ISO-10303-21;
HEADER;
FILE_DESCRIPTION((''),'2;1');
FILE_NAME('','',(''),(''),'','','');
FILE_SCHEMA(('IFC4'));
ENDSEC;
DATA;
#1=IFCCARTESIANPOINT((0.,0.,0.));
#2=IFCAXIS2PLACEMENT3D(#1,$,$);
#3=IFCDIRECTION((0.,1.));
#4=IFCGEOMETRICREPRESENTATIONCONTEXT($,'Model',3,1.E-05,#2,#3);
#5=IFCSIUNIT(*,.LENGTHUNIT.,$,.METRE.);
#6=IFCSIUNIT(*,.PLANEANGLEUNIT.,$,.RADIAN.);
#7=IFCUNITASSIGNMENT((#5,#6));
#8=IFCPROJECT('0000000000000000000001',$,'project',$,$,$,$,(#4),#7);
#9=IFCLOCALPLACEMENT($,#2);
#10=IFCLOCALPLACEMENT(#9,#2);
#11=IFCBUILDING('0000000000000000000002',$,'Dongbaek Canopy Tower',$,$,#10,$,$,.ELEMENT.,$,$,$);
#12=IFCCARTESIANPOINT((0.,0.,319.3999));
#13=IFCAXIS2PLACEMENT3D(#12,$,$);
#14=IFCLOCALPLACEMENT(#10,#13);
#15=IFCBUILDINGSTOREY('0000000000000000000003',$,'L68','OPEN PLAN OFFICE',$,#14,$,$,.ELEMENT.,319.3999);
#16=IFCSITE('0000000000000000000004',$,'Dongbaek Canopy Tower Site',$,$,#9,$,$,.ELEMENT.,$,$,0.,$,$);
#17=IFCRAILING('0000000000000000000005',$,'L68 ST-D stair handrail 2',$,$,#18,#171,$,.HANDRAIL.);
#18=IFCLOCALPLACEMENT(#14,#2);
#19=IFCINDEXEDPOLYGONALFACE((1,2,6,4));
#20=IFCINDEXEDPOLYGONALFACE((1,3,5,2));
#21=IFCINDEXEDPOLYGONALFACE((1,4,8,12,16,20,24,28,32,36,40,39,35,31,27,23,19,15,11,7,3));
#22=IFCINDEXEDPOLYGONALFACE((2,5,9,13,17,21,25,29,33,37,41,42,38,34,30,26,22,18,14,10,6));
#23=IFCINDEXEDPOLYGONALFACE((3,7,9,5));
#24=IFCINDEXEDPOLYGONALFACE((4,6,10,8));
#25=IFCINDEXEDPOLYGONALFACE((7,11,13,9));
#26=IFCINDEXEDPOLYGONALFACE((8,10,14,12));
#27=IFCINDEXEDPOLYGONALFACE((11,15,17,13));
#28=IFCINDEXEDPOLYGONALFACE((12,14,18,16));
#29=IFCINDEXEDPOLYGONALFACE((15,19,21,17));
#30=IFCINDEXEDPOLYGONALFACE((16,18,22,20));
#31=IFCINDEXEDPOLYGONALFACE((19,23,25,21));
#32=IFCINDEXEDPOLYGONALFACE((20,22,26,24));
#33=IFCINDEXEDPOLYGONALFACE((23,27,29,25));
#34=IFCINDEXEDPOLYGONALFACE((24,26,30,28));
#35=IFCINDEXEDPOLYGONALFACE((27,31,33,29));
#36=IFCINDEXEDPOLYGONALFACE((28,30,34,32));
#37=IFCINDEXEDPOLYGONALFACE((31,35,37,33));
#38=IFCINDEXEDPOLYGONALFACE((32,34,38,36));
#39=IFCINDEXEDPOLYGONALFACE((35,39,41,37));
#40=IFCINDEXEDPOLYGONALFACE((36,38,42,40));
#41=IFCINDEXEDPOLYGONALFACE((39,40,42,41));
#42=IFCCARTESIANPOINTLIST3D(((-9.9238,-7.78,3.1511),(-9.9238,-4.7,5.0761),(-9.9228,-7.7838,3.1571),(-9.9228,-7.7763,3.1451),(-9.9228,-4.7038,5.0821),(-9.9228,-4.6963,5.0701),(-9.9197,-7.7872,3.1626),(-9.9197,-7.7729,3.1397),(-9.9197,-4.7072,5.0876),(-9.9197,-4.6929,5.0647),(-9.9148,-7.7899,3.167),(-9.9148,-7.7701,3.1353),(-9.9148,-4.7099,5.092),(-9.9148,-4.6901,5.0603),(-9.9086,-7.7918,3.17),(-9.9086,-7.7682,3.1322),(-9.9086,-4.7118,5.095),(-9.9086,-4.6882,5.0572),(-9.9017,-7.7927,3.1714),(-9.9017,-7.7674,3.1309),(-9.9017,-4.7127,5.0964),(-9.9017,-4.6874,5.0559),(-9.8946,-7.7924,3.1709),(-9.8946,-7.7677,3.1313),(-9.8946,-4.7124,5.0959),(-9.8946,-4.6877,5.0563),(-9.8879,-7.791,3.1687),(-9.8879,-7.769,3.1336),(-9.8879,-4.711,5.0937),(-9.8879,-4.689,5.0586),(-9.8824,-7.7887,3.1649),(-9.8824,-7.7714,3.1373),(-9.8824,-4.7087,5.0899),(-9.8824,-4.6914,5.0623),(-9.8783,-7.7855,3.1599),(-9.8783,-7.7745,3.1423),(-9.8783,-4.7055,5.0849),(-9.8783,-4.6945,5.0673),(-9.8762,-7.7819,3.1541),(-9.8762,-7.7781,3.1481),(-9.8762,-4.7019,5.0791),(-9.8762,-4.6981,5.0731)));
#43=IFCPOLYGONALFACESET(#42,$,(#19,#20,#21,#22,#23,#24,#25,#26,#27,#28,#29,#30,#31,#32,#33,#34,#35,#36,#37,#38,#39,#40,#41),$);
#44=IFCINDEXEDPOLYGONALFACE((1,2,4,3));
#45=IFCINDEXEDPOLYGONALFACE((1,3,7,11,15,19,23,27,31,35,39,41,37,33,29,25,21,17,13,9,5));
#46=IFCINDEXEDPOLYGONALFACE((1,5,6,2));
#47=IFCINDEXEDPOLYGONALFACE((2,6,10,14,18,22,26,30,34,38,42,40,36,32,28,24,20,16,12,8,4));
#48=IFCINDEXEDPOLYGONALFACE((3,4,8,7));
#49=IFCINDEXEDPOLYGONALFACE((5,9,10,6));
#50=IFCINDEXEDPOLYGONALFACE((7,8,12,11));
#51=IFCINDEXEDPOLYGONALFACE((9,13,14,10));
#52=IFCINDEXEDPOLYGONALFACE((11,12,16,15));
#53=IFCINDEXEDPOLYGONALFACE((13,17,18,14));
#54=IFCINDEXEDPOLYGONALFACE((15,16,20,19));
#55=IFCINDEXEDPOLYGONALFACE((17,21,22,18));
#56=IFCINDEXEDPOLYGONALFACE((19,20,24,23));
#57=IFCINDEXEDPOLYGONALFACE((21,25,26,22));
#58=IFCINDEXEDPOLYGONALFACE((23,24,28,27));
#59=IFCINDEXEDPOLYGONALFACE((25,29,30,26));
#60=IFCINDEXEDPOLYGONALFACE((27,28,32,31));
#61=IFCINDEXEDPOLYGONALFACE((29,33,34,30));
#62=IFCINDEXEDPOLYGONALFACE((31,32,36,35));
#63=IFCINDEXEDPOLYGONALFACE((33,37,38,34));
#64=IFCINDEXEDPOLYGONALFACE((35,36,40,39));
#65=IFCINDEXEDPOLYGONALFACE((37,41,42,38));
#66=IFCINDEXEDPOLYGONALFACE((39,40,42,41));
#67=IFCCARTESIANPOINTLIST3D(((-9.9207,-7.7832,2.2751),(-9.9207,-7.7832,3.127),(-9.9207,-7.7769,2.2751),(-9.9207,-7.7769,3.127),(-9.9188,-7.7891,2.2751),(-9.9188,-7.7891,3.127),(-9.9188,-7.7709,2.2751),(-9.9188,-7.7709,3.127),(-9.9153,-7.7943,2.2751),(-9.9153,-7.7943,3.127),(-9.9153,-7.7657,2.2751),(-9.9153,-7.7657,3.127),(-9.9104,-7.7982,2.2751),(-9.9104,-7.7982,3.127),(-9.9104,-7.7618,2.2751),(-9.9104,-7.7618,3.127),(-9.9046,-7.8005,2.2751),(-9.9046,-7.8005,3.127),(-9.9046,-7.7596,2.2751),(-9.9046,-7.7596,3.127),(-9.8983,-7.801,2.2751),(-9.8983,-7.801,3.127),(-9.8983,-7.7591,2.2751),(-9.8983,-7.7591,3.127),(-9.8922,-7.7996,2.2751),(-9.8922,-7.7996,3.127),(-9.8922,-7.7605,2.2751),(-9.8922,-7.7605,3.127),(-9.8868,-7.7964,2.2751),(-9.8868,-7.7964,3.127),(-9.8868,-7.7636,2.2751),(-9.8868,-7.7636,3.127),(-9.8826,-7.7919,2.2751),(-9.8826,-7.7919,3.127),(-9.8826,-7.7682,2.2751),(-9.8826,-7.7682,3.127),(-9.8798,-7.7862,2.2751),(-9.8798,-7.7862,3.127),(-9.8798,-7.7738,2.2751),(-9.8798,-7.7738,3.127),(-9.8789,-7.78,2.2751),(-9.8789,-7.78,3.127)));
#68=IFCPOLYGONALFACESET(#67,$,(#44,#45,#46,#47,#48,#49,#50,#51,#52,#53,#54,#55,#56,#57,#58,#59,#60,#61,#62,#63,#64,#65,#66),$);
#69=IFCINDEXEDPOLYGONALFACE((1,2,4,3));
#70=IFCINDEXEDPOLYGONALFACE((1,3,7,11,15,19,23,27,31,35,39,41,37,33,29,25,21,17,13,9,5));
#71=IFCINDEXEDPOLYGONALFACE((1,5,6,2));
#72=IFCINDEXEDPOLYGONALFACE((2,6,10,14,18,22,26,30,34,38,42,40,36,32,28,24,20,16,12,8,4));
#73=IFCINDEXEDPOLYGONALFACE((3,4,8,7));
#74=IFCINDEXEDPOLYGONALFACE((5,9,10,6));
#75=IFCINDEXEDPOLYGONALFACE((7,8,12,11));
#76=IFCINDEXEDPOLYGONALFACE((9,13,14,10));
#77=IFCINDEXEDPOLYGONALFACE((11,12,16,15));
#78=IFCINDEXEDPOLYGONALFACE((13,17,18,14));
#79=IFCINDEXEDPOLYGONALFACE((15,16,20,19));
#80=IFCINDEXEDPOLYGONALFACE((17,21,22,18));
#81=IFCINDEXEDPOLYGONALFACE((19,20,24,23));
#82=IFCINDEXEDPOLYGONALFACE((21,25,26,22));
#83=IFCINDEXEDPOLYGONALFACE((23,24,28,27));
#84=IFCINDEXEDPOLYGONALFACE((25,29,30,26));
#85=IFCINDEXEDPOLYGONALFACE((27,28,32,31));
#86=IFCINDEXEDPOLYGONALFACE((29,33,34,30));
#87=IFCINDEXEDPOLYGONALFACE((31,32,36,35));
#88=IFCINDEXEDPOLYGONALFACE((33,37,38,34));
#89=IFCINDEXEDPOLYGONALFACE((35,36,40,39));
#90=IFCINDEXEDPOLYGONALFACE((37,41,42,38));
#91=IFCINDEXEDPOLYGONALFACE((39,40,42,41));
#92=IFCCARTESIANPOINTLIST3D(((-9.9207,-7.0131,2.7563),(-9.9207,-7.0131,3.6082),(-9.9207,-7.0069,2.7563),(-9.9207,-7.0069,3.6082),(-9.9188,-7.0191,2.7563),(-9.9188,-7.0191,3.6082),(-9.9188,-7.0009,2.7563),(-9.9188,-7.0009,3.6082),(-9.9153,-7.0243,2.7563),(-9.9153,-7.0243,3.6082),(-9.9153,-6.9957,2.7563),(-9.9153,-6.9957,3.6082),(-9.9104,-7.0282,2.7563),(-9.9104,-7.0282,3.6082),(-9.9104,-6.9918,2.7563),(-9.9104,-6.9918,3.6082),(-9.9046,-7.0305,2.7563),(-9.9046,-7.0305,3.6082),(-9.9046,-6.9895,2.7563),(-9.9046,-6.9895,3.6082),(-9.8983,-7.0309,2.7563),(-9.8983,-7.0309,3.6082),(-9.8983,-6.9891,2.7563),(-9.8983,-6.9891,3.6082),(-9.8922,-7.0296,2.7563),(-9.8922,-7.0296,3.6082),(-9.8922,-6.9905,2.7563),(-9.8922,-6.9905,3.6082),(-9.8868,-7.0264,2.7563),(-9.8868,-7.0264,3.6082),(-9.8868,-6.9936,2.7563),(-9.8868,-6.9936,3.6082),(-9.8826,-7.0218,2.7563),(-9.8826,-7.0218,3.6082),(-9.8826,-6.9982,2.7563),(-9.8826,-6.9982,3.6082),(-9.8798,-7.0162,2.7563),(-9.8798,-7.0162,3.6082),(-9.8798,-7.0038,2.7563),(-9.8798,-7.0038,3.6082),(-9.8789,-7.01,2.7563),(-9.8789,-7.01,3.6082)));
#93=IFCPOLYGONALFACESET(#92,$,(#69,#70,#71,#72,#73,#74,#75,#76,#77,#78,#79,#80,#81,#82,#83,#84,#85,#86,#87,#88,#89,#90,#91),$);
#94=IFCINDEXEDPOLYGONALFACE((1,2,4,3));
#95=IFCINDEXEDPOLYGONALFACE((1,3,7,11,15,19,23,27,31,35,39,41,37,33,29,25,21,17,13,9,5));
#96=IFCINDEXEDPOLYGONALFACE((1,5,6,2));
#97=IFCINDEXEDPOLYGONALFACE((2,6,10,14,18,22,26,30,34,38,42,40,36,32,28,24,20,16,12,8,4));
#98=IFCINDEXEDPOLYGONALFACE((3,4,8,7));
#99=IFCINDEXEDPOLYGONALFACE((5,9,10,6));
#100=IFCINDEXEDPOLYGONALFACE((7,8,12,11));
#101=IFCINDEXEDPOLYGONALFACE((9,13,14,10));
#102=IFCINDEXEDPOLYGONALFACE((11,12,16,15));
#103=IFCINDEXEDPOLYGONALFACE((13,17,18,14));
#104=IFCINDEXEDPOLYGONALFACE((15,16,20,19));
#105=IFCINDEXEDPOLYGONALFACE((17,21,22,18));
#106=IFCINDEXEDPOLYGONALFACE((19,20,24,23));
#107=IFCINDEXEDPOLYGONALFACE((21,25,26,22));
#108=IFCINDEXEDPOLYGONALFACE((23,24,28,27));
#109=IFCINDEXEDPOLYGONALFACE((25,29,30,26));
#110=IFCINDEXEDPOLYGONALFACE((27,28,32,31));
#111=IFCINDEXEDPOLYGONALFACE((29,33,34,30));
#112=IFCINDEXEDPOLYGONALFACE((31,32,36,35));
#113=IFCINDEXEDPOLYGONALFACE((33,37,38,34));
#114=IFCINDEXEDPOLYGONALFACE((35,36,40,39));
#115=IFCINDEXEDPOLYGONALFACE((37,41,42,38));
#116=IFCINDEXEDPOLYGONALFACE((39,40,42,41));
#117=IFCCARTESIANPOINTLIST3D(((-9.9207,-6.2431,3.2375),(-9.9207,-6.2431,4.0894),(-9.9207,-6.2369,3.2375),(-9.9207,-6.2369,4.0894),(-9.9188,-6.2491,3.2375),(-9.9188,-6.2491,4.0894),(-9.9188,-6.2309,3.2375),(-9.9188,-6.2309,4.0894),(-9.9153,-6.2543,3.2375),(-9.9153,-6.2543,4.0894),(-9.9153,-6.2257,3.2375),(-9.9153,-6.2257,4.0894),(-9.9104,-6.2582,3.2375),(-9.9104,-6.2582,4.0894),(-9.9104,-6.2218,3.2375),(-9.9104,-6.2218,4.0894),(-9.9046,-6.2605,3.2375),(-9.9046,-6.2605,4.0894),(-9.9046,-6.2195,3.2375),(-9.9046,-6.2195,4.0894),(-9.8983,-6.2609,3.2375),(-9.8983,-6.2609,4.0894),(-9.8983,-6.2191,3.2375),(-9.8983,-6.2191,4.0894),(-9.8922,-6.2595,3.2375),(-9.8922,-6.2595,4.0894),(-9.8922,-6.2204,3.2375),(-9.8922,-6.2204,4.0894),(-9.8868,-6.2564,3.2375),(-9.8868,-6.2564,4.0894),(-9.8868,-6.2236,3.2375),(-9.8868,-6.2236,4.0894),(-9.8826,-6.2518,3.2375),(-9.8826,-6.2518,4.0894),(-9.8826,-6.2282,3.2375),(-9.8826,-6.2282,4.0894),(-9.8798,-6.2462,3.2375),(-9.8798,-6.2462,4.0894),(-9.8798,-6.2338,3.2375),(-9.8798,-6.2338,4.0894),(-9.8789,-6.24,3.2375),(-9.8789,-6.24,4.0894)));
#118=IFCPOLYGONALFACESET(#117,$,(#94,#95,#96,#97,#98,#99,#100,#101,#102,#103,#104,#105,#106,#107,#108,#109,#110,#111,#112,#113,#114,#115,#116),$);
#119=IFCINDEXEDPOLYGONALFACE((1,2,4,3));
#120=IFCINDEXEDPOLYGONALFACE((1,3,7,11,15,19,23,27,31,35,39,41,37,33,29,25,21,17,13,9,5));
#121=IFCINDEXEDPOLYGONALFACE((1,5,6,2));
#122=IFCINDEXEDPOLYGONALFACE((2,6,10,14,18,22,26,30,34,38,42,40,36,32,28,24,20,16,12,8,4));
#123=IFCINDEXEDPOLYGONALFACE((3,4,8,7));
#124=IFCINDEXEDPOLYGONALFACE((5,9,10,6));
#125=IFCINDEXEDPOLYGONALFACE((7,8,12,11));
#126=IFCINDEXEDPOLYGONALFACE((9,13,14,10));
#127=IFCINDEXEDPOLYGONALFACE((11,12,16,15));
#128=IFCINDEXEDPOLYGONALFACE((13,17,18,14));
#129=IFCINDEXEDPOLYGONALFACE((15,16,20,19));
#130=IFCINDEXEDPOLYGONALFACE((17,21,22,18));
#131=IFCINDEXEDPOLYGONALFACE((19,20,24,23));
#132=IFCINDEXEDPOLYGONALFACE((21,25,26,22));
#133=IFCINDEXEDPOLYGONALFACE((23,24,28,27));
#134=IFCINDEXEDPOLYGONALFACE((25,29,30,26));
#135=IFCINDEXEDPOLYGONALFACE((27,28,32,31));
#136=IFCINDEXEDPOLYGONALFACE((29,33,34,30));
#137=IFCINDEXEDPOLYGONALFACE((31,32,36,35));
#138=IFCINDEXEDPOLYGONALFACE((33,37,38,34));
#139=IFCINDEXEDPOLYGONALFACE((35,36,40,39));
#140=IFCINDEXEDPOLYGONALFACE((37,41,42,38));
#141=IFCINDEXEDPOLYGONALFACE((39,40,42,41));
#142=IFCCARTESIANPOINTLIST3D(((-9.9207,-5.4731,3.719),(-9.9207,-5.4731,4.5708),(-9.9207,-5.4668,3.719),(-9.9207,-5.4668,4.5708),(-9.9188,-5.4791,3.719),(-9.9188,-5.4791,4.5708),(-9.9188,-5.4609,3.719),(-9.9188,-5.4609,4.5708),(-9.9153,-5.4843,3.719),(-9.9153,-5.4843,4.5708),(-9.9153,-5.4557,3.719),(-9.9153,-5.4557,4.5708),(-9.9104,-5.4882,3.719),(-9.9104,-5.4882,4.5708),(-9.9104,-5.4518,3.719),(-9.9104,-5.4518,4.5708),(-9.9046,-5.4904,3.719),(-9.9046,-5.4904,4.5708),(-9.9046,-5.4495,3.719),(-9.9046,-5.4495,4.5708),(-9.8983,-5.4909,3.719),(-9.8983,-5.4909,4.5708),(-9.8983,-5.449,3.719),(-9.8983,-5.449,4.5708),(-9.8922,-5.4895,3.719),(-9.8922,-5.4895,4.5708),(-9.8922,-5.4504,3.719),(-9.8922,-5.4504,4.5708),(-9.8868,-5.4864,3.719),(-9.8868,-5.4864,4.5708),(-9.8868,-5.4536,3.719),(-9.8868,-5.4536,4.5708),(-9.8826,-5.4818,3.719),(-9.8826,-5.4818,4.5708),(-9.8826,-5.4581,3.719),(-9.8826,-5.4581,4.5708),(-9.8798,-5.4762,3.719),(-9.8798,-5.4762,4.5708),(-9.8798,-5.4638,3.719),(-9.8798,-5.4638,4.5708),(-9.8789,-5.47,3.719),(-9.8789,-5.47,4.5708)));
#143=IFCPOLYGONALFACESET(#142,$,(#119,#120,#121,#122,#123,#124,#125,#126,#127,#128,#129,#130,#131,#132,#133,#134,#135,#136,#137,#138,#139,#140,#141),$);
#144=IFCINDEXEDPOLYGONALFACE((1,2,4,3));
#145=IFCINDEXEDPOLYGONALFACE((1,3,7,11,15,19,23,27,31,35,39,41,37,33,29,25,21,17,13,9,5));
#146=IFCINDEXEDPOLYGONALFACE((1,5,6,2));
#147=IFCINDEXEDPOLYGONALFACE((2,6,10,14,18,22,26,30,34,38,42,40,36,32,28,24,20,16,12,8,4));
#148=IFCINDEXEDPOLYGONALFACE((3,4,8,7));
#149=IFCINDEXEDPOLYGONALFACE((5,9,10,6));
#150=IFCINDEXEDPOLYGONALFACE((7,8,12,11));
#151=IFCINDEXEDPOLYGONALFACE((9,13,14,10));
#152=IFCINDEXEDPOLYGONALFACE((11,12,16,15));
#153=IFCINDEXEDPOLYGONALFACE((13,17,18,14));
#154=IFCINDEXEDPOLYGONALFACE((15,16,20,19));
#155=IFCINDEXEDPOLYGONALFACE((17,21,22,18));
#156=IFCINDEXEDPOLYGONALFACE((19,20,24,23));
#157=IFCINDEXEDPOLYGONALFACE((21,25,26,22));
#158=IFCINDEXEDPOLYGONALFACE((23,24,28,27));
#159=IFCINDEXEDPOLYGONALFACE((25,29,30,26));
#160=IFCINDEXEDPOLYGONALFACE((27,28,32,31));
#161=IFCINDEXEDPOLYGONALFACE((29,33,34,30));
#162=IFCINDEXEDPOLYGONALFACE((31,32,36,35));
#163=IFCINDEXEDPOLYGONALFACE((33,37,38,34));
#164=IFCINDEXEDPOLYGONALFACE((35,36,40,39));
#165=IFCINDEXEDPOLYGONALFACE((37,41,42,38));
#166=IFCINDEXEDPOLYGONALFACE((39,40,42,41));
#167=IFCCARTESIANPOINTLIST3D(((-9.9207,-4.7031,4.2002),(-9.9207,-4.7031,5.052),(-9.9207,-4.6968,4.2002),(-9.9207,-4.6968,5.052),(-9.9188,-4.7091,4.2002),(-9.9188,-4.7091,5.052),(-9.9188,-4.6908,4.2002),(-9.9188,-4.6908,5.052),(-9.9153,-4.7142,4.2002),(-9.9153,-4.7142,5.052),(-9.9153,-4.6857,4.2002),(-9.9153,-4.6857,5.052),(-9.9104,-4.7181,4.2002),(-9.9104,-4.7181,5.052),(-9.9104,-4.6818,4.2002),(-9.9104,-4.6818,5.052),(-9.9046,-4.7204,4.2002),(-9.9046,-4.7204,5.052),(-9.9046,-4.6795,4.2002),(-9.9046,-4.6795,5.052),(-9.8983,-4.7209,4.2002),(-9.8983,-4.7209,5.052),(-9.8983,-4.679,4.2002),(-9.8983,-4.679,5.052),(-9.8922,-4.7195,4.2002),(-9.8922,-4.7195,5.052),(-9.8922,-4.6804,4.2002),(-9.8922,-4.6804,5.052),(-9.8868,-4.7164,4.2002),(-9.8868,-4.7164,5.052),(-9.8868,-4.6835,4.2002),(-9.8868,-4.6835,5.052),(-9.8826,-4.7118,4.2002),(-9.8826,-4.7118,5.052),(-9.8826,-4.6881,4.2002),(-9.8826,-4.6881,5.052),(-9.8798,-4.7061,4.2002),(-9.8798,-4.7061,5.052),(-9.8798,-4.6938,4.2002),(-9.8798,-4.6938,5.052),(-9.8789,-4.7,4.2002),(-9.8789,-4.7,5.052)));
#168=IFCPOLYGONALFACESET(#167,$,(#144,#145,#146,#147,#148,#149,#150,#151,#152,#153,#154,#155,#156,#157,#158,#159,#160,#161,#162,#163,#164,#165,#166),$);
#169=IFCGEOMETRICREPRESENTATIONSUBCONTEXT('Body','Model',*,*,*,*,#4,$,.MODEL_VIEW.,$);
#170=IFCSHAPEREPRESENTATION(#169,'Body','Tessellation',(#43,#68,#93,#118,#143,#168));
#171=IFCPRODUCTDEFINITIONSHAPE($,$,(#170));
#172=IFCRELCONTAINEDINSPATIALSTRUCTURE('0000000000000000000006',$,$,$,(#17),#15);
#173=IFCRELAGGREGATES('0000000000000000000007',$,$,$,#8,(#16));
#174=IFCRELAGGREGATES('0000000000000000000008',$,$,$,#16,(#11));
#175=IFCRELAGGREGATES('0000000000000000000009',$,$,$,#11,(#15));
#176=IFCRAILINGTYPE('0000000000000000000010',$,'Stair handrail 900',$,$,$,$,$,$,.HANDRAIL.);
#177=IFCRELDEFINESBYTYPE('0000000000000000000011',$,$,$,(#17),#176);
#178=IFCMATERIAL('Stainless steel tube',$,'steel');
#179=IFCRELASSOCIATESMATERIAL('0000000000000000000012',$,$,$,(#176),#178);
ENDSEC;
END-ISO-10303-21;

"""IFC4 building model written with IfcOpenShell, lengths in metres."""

from ifc_helpers import new_model, si_unit, direction, frame, origin, origin_2d, place, context, subcontext, project, spatial, circle, extrude, material, type_object, element, save


model = new_model("IFC4")

# Units and contexts
model_context = context("Model", 3, precision=1e-05, world=origin(), true_north=direction((0.0, 1.0)))
body_context = subcontext(model_context, "Body", "Model", "MODEL_VIEW")
ifc_project = project(units=[si_unit("LENGTHUNIT", "METRE"), si_unit("PLANEANGLEUNIT", "RADIAN")], contexts=[model_context])

# Site, building, storey
site_placement = place(None, origin())
site = spatial("IfcSite", under=ifc_project, at=site_placement, Name="Dongbaek Canopy Tower Site", CompositionType="ELEMENT", RefElevation=0.0)
building_placement = place(site_placement, origin())
building = spatial("IfcBuilding", under=site, at=building_placement, Name="Dongbaek Canopy Tower", CompositionType="ELEMENT")
storey_placement = place(building_placement, frame((0.0, 0.0, 319.3999)))
storey = spatial("IfcBuildingStorey", under=building, at=storey_placement, Name="L68", Description="OPEN PLAN OFFICE", CompositionType="ELEMENT", Elevation=319.3999)

# Railing
ifc_material_1 = material(Name="Stainless steel tube", Category="steel")
railing_type_1 = type_object("IfcRailingType", Name="Stair handrail 900", PredefinedType="HANDRAIL", material=ifc_material_1)
railing_1_placement = place(storey_placement, frame((-9.8999, -7.78, 2.2751)))
element("IfcRailing", 1, at=railing_1_placement, inside=storey, type_object=railing_type_1, Name="L68 ST-D stair handrail 2", PredefinedType="HANDRAIL", context=body_context, shape_type="SweptSolid", body=[
    extrude(circle(Radius=0.0239, at=origin_2d()), frame((0.0, 0.0, 0.876), z_axis=(0.0, 0.847998, 0.529999), x_axis=(-1.0, 0.0, 0.0)), (0.0, 0.0, 1.0), 3.6321),
    extrude(circle(Radius=0.021, at=origin_2d()), origin(), (0.0, 0.0, 1.0), 0.8518),
    extrude(circle(Radius=0.021, at=origin_2d()), frame((0.0, 0.77, 0.4812)), (0.0, 0.0, 1.0), 0.8518),
    extrude(circle(Radius=0.021, at=origin_2d()), frame((0.0, 1.54, 0.9624)), (0.0, 0.0, 1.0), 0.8518),
    extrude(circle(Radius=0.021, at=origin_2d()), frame((0.0, 2.3101, 1.4438)), (0.0, 0.0, 1.0), 0.8518),
    extrude(circle(Radius=0.021, at=origin_2d()), frame((0.0, 3.0801, 1.925)), (0.0, 0.0, 1.0), 0.8518),
])

save(model, "model.ifc")
